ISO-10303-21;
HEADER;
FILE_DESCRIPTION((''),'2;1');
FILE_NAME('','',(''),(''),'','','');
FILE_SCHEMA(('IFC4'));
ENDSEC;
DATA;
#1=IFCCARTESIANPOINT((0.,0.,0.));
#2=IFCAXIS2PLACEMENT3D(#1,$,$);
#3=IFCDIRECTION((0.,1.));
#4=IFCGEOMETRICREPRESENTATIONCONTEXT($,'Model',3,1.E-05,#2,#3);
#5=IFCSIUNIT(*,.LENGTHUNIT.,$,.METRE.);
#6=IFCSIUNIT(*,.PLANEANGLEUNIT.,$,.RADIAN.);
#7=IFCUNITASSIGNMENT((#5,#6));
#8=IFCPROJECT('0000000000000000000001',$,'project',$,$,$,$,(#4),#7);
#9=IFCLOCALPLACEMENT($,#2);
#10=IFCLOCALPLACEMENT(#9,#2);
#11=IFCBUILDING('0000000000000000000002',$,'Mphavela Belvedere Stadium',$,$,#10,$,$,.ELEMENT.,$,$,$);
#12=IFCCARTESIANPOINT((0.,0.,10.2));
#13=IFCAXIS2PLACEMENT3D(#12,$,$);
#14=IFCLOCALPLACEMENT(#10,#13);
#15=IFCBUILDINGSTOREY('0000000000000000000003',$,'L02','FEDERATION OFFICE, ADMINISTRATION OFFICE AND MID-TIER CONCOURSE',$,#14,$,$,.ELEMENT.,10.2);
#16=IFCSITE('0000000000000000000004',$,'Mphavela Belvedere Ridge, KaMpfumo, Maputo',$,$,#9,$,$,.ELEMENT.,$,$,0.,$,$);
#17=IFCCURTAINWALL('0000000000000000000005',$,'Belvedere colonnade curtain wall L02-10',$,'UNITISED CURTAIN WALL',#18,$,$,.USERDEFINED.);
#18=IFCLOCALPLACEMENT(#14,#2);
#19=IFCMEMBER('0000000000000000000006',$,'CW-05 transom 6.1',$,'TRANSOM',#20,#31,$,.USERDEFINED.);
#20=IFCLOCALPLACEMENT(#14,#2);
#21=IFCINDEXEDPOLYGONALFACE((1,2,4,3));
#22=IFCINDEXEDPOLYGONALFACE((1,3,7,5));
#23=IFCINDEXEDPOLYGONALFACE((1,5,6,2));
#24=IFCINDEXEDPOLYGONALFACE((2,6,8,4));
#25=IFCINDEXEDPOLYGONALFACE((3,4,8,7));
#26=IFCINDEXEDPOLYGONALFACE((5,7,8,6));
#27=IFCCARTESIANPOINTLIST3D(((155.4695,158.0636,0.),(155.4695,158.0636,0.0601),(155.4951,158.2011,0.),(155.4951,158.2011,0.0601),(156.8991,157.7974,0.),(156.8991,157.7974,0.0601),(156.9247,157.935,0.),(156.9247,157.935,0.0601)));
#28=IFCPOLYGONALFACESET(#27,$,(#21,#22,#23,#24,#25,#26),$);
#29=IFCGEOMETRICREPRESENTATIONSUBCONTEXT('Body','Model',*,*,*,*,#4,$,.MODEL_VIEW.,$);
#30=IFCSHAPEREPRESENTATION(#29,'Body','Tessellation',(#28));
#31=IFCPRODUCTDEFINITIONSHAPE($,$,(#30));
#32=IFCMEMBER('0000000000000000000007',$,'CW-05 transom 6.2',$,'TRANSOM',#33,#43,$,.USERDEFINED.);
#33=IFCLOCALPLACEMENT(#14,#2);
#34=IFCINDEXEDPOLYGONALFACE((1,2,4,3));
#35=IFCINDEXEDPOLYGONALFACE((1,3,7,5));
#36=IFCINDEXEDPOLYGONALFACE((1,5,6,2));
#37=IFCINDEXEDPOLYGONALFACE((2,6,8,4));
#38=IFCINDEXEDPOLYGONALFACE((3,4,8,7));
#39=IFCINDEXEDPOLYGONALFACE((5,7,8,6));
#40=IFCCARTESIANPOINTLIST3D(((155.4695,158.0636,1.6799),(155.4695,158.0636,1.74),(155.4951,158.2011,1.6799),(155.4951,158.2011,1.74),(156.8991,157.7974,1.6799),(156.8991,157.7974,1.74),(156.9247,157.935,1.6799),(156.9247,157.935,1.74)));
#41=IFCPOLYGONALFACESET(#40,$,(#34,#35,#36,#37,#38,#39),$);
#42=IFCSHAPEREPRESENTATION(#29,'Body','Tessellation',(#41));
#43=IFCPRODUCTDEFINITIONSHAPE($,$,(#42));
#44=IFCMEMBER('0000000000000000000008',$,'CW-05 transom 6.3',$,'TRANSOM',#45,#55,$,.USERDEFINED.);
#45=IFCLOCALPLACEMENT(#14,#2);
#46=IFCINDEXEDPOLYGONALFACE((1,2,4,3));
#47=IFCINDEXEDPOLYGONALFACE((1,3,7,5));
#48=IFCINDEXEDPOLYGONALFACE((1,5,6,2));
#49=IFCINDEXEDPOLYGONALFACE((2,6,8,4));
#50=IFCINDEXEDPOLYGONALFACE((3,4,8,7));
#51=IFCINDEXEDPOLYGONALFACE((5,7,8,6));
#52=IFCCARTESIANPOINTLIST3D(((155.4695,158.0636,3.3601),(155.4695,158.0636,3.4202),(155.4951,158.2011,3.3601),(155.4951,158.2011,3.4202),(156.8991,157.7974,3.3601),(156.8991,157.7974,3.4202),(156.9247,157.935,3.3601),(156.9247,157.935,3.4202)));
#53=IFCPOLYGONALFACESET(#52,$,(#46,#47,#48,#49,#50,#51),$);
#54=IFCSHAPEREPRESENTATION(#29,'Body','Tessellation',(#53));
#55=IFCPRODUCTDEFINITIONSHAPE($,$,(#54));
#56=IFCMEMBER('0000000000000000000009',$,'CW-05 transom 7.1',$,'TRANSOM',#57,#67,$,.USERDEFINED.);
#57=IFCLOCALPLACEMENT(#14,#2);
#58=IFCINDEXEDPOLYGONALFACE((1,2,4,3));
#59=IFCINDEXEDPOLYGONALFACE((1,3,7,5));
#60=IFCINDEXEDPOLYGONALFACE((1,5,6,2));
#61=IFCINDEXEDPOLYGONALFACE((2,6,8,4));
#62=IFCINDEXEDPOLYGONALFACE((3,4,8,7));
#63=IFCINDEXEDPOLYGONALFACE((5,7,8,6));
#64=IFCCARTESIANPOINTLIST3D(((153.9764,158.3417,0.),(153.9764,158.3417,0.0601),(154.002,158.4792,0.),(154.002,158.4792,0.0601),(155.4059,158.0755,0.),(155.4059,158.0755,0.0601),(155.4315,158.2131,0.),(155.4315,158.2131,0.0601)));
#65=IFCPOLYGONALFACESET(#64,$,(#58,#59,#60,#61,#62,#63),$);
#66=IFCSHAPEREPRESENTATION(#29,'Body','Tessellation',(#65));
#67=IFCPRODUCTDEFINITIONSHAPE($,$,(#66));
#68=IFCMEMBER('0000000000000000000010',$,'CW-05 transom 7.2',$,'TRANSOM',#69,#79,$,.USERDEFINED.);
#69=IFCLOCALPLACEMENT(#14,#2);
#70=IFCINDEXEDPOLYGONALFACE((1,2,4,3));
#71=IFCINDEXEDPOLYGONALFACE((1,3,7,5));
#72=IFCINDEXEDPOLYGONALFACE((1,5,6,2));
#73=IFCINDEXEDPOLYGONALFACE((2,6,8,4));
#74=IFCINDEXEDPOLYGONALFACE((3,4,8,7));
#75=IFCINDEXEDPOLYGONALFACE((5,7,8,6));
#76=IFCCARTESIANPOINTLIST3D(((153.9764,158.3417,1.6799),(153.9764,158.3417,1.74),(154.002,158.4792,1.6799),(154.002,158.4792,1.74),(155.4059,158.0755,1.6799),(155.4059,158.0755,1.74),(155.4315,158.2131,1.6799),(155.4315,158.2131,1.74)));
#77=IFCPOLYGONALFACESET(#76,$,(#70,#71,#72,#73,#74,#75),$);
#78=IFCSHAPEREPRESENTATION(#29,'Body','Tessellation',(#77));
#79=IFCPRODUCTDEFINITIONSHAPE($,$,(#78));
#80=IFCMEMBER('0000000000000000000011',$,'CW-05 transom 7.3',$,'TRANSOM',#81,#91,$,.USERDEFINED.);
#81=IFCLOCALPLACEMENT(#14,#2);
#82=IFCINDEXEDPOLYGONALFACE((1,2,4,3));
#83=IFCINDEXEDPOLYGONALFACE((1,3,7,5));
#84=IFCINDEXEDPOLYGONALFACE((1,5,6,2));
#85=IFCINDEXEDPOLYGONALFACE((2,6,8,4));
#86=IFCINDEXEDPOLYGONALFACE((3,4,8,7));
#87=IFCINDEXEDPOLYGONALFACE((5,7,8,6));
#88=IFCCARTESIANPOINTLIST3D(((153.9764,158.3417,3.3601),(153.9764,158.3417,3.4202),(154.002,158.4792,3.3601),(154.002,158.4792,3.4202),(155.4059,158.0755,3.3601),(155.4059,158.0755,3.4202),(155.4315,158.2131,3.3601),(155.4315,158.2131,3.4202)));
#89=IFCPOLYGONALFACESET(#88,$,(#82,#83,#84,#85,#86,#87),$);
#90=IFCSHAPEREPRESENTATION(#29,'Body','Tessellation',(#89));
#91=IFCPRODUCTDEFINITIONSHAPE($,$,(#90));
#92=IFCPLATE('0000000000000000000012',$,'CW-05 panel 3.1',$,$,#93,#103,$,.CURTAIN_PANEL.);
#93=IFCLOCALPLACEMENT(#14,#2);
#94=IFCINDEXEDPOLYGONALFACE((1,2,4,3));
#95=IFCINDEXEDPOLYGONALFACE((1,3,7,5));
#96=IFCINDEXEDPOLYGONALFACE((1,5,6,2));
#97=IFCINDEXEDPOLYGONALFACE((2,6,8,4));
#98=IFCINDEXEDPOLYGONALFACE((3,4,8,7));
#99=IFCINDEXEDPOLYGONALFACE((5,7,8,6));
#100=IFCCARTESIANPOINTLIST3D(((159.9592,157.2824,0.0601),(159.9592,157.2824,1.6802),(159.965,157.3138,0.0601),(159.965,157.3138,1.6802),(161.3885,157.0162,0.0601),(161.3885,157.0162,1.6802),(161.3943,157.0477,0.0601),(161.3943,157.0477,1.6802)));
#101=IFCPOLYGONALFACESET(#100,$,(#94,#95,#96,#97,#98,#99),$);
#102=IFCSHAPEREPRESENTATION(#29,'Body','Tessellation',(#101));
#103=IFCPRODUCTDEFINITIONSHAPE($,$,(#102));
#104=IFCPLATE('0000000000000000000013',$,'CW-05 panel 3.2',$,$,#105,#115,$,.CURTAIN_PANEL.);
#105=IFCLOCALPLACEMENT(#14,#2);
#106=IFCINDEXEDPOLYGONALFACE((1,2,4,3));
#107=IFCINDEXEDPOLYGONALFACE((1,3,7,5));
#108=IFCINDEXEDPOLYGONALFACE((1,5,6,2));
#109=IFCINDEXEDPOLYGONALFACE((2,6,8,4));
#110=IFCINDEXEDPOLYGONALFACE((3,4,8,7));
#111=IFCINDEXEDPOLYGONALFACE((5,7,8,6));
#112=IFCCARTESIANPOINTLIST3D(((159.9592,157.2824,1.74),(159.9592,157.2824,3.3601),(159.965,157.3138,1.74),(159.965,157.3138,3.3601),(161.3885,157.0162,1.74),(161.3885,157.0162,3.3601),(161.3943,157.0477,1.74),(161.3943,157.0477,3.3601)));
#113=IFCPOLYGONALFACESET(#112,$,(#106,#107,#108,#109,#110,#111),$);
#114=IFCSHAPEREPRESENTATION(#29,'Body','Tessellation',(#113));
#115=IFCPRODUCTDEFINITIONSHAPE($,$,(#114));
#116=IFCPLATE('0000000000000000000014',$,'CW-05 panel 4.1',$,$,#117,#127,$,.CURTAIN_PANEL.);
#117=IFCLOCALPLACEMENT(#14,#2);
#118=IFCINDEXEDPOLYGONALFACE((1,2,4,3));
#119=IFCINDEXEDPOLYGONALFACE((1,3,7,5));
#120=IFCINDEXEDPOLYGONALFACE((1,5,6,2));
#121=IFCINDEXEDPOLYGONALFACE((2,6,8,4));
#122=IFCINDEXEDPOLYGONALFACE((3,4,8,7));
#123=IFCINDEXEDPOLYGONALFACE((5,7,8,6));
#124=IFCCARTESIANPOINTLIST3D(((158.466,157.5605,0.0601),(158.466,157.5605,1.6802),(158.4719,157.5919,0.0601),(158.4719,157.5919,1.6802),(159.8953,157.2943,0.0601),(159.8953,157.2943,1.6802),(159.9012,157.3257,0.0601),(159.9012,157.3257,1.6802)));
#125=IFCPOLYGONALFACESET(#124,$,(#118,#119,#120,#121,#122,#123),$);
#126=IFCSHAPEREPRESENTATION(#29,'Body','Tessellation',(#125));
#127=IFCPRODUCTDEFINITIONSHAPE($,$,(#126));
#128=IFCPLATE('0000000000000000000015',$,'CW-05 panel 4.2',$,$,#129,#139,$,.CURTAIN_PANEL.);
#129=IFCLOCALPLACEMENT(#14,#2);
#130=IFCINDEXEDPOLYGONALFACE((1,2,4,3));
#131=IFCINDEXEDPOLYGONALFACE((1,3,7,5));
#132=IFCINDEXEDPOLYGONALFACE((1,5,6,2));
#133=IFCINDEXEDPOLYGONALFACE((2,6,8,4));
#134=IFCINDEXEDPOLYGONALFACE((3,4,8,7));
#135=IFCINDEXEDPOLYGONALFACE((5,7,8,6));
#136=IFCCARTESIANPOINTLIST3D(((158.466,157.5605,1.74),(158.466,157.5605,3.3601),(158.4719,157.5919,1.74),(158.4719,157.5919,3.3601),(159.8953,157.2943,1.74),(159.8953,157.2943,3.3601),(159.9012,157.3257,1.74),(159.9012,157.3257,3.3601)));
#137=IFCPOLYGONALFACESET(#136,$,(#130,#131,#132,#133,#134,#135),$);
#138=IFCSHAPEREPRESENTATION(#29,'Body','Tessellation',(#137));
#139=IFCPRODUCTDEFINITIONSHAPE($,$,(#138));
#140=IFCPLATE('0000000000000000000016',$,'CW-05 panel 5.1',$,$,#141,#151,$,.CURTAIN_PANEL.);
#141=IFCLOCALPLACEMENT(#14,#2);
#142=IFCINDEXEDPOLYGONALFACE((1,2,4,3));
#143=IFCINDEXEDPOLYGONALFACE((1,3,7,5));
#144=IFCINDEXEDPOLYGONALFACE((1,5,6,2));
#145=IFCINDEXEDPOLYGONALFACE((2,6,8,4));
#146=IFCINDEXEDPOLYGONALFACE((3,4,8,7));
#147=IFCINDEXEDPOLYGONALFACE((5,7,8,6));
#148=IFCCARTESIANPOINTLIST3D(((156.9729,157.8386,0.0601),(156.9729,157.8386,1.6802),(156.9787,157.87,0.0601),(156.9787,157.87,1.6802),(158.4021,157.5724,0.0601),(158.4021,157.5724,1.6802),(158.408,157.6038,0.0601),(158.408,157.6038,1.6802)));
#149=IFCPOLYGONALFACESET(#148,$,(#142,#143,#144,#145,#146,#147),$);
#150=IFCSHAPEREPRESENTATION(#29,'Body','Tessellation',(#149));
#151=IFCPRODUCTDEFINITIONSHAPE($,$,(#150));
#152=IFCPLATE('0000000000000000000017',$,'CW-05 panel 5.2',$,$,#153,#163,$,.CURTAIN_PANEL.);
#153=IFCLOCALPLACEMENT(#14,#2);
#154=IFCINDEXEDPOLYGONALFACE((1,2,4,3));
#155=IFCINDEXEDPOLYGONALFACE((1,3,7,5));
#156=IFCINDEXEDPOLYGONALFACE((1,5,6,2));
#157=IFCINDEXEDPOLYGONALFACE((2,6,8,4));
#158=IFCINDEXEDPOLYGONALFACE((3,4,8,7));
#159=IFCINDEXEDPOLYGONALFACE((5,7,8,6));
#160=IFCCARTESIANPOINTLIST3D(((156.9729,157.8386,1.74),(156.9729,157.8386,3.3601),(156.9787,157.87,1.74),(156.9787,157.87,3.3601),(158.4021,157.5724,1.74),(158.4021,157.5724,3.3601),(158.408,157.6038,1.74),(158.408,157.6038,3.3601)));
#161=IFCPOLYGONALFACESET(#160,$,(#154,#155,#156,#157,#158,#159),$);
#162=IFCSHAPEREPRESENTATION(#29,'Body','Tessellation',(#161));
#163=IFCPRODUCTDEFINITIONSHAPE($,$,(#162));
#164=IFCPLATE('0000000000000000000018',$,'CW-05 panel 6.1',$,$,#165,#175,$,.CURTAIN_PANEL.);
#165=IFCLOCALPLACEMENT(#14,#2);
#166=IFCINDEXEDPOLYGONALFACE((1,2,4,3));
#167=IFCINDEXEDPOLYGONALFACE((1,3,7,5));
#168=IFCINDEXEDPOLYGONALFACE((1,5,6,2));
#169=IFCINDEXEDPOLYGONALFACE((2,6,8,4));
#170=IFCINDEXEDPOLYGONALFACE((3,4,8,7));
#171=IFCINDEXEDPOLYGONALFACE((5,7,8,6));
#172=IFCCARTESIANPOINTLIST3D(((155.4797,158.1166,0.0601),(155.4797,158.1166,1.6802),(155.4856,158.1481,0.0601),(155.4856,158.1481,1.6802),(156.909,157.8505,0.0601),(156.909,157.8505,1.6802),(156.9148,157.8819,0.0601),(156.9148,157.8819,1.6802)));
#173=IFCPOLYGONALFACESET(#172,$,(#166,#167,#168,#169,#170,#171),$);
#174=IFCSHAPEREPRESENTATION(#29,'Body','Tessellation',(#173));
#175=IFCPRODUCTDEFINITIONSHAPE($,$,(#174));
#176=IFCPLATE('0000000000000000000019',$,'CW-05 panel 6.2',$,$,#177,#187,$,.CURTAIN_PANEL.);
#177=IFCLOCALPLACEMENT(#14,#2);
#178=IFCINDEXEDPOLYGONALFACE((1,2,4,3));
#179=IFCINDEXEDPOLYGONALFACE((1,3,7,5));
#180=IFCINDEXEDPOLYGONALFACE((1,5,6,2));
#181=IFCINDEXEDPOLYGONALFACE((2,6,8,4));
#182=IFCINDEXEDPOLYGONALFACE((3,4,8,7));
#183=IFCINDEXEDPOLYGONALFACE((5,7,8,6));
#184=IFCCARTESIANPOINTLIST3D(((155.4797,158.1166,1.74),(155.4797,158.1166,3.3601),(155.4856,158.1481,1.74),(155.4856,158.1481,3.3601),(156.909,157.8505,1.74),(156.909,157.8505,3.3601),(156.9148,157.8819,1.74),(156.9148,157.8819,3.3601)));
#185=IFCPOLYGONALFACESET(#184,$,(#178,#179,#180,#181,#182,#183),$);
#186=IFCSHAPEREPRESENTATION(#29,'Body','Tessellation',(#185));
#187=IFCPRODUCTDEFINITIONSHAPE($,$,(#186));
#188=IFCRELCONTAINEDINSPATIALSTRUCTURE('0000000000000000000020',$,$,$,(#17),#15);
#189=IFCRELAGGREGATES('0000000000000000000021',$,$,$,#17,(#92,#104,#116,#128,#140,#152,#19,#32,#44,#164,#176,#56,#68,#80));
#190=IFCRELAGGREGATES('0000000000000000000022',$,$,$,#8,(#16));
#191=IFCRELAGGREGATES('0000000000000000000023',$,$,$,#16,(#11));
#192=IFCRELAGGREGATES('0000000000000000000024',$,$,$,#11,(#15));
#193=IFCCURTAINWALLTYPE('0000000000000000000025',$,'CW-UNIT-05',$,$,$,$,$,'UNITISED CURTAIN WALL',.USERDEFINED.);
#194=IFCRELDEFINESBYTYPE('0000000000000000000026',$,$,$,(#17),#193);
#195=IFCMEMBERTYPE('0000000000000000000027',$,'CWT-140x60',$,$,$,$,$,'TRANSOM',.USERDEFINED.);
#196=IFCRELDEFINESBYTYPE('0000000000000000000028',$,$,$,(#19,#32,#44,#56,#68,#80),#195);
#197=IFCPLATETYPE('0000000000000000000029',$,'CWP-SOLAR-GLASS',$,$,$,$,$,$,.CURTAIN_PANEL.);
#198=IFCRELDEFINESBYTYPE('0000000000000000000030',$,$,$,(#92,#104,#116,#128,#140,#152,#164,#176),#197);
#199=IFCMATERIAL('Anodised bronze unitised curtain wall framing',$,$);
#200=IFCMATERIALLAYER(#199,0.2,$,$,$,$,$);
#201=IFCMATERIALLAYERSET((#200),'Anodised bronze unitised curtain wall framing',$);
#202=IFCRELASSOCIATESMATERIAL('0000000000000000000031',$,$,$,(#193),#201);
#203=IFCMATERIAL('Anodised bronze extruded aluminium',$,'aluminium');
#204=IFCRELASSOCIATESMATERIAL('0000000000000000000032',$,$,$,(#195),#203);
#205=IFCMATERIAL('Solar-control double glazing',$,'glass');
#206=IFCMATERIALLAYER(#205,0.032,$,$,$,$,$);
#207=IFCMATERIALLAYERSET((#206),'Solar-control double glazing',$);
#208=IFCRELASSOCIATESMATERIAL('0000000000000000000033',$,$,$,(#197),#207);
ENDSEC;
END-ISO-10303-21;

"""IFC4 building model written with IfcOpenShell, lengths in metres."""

from ifc_helpers import new_model, si_unit, direction, frame, origin, origin_2d, place, context, subcontext, project, spatial, rectangle, extrude, material, layer, layer_set, material_profile, profile_set, type_object, element, aggregate, save


model = new_model("IFC4")

# Units and contexts
model_context = context("Model", 3, precision=1e-05, world=origin(), true_north=direction((0.0, 1.0)))
body_context = subcontext(model_context, "Body", "Model", "MODEL_VIEW")
ifc_project = project(units=[si_unit("LENGTHUNIT", "METRE"), si_unit("PLANEANGLEUNIT", "RADIAN")], contexts=[model_context])

# Site, building, storey
site_placement = place(None, origin())
site = spatial("IfcSite", under=ifc_project, at=site_placement, Name="Mphavela Belvedere Ridge, KaMpfumo, Maputo", CompositionType="ELEMENT", RefElevation=0.0)
building_placement = place(site_placement, origin())
building = spatial("IfcBuilding", under=site, at=building_placement, Name="Mphavela Belvedere Stadium", CompositionType="ELEMENT")
storey_placement = place(building_placement, frame((0.0, 0.0, 10.2)))
storey = spatial("IfcBuildingStorey", under=building, at=storey_placement, Name="L02", Description="FEDERATION OFFICE, ADMINISTRATION OFFICE AND MID-TIER CONCOURSE", CompositionType="ELEMENT", Elevation=10.2)

# Curtain wall, members, plates
ifc_material_1 = material(Name="Anodised bronze unitised curtain wall framing")
ifc_layer_1 = layer(ifc_material_1, 0.2)
ifc_layer_set_1 = layer_set([ifc_layer_1], Name="Anodised bronze unitised curtain wall framing")
curtain_wall_type = type_object("IfcCurtainWallType", Name="CW-UNIT-05", ElementType="UNITISED CURTAIN WALL", PredefinedType="USERDEFINED", material=ifc_layer_set_1)
curtain_wall_placement = place(storey_placement, origin())
curtain_wall = element("IfcCurtainWall", 1, at=curtain_wall_placement, inside=storey, type_object=curtain_wall_type, Name="Belvedere colonnade curtain wall L02-10", ObjectType="UNITISED CURTAIN WALL", PredefinedType="USERDEFINED")
ifc_material_2 = material(Name="Anodised bronze extruded aluminium", Category="aluminium")
ifc_material_profile_1 = material_profile(ifc_material_2, rectangle(XDim=0.1399, YDim=0.0601, at=origin_2d()), Name="CW-TRN 140x60")
ifc_profile_set_1 = profile_set([ifc_material_profile_1], Name="Anodised bronze extruded aluminium")
member_type_1 = type_object("IfcMemberType", Name="CWT-140x60", ElementType="TRANSOM", PredefinedType="USERDEFINED", material=ifc_profile_set_1)
member_1_placement = place(storey_placement, frame((156.9119, 157.8662, 0.03), z_axis=(-0.983109, 0.183021, 0.0), x_axis=(-0.183021, -0.983109, 0.0)))
member_1 = element("IfcMember", 2, at=member_1_placement, type_object=member_type_1, Name="CW-05 transom 6.1", ObjectType="TRANSOM", PredefinedType="USERDEFINED", context=body_context, shape_type="SweptSolid", body=[
    extrude(rectangle(XDim=0.1399, YDim=0.0601, at=origin_2d()), origin(), (0.0, 0.0, 1.0), 1.4541),
])
member_2_placement = place(storey_placement, frame((156.9119, 157.8662, 1.71), z_axis=(-0.983109, 0.183021, 0.0), x_axis=(-0.183021, -0.983109, 0.0)))
member_2 = element("IfcMember", 3, at=member_2_placement, type_object=member_type_1, Name="CW-05 transom 6.2", ObjectType="TRANSOM", PredefinedType="USERDEFINED", context=body_context, shape_type="SweptSolid", body=[
    extrude(rectangle(XDim=0.1399, YDim=0.0601, at=origin_2d()), origin(), (0.0, 0.0, 1.0), 1.4541),
])
member_3_placement = place(storey_placement, frame((156.9119, 157.8662, 3.3901), z_axis=(-0.983109, 0.183021, 0.0), x_axis=(-0.183021, -0.983109, 0.0)))
member_3 = element("IfcMember", 4, at=member_3_placement, type_object=member_type_1, Name="CW-05 transom 6.3", ObjectType="TRANSOM", PredefinedType="USERDEFINED", context=body_context, shape_type="SweptSolid", body=[
    extrude(rectangle(XDim=0.1399, YDim=0.0601, at=origin_2d()), origin(), (0.0, 0.0, 1.0), 1.4541),
])
member_4_placement = place(storey_placement, frame((155.4187, 158.1443, 0.03), z_axis=(-0.983109, 0.183021, 0.0), x_axis=(-0.183021, -0.983109, 0.0)))
member_4 = element("IfcMember", 5, at=member_4_placement, type_object=member_type_1, Name="CW-05 transom 7.1", ObjectType="TRANSOM", PredefinedType="USERDEFINED", context=body_context, shape_type="SweptSolid", body=[
    extrude(rectangle(XDim=0.1399, YDim=0.0601, at=origin_2d()), origin(), (0.0, 0.0, 1.0), 1.4541),
])
member_5_placement = place(storey_placement, frame((155.4187, 158.1443, 1.71), z_axis=(-0.983109, 0.183021, 0.0), x_axis=(-0.183021, -0.983109, 0.0)))
member_5 = element("IfcMember", 6, at=member_5_placement, type_object=member_type_1, Name="CW-05 transom 7.2", ObjectType="TRANSOM", PredefinedType="USERDEFINED", context=body_context, shape_type="SweptSolid", body=[
    extrude(rectangle(XDim=0.1399, YDim=0.0601, at=origin_2d()), origin(), (0.0, 0.0, 1.0), 1.4541),
])
member_6_placement = place(storey_placement, frame((155.4187, 158.1443, 3.3901), z_axis=(-0.983109, 0.183021, 0.0), x_axis=(-0.183021, -0.983109, 0.0)))
member_6 = element("IfcMember", 7, at=member_6_placement, type_object=member_type_1, Name="CW-05 transom 7.3", ObjectType="TRANSOM", PredefinedType="USERDEFINED", context=body_context, shape_type="SweptSolid", body=[
    extrude(rectangle(XDim=0.1399, YDim=0.0601, at=origin_2d()), origin(), (0.0, 0.0, 1.0), 1.4541),
])
ifc_material_3 = material(Name="Solar-control double glazing", Category="glass")
ifc_layer_2 = layer(ifc_material_3, 0.032)
ifc_layer_set_2 = layer_set([ifc_layer_2], Name="Solar-control double glazing")
plate_type = type_object("IfcPlateType", Name="CWP-SOLAR-GLASS", PredefinedType="CURTAIN_PANEL", material=ifc_layer_set_2)
plate_1_placement = place(storey_placement, frame((160.6768, 157.165, 0.0601), z_axis=(0.0, 0.0, 1.0), x_axis=(-0.983097, 0.183085, 0.0)))
plate_1 = element("IfcPlate", 8, at=plate_1_placement, type_object=plate_type, Name="CW-05 panel 3.1", PredefinedType="CURTAIN_PANEL", context=body_context, shape_type="SweptSolid", body=[
    extrude(rectangle(XDim=1.4539, YDim=0.032, at=origin_2d()), origin(), (0.0, 0.0, 1.0), 1.6201),
])
plate_2_placement = place(storey_placement, frame((160.6768, 157.165, 1.74), z_axis=(0.0, 0.0, 1.0), x_axis=(-0.983097, 0.183085, 0.0)))
plate_2 = element("IfcPlate", 9, at=plate_2_placement, type_object=plate_type, Name="CW-05 panel 3.2", PredefinedType="CURTAIN_PANEL", context=body_context, shape_type="SweptSolid", body=[
    extrude(rectangle(XDim=1.4539, YDim=0.032, at=origin_2d()), origin(), (0.0, 0.0, 1.0), 1.6201),
])
plate_3_placement = place(storey_placement, frame((159.1836, 157.4431, 0.0601), z_axis=(0.0, 0.0, 1.0), x_axis=(-0.983097, 0.183085, 0.0)))
plate_3 = element("IfcPlate", 10, at=plate_3_placement, type_object=plate_type, Name="CW-05 panel 4.1", PredefinedType="CURTAIN_PANEL", context=body_context, shape_type="SweptSolid", body=[
    extrude(rectangle(XDim=1.4539, YDim=0.032, at=origin_2d()), origin(), (0.0, 0.0, 1.0), 1.6201),
])
plate_4_placement = place(storey_placement, frame((159.1836, 157.4431, 1.74), z_axis=(0.0, 0.0, 1.0), x_axis=(-0.983097, 0.183085, 0.0)))
plate_4 = element("IfcPlate", 11, at=plate_4_placement, type_object=plate_type, Name="CW-05 panel 4.2", PredefinedType="CURTAIN_PANEL", context=body_context, shape_type="SweptSolid", body=[
    extrude(rectangle(XDim=1.4539, YDim=0.032, at=origin_2d()), origin(), (0.0, 0.0, 1.0), 1.6201),
])
plate_5_placement = place(storey_placement, frame((157.6904, 157.7212, 0.0601), z_axis=(0.0, 0.0, 1.0), x_axis=(-0.983097, 0.183085, 0.0)))
plate_5 = element("IfcPlate", 12, at=plate_5_placement, type_object=plate_type, Name="CW-05 panel 5.1", PredefinedType="CURTAIN_PANEL", context=body_context, shape_type="SweptSolid", body=[
    extrude(rectangle(XDim=1.4539, YDim=0.032, at=origin_2d()), origin(), (0.0, 0.0, 1.0), 1.6201),
])
plate_6_placement = place(storey_placement, frame((157.6904, 157.7212, 1.74), z_axis=(0.0, 0.0, 1.0), x_axis=(-0.983097, 0.183085, 0.0)))
plate_6 = element("IfcPlate", 13, at=plate_6_placement, type_object=plate_type, Name="CW-05 panel 5.2", PredefinedType="CURTAIN_PANEL", context=body_context, shape_type="SweptSolid", body=[
    extrude(rectangle(XDim=1.4539, YDim=0.032, at=origin_2d()), origin(), (0.0, 0.0, 1.0), 1.6201),
])
plate_7_placement = place(storey_placement, frame((156.1973, 157.9993, 0.0601), z_axis=(0.0, 0.0, 1.0), x_axis=(-0.983097, 0.183085, 0.0)))
plate_7 = element("IfcPlate", 14, at=plate_7_placement, type_object=plate_type, Name="CW-05 panel 6.1", PredefinedType="CURTAIN_PANEL", context=body_context, shape_type="SweptSolid", body=[
    extrude(rectangle(XDim=1.4539, YDim=0.032, at=origin_2d()), origin(), (0.0, 0.0, 1.0), 1.6201),
])
plate_8_placement = place(storey_placement, frame((156.1973, 157.9993, 1.74), z_axis=(0.0, 0.0, 1.0), x_axis=(-0.983097, 0.183085, 0.0)))
plate_8 = element("IfcPlate", 15, at=plate_8_placement, type_object=plate_type, Name="CW-05 panel 6.2", PredefinedType="CURTAIN_PANEL", context=body_context, shape_type="SweptSolid", body=[
    extrude(rectangle(XDim=1.4539, YDim=0.032, at=origin_2d()), origin(), (0.0, 0.0, 1.0), 1.6201),
])
aggregate(curtain_wall, [plate_1, plate_2, plate_3, plate_4, plate_5, plate_6, member_1, member_2, member_3, plate_7, plate_8, member_4, member_5, member_6])

save(model, "model.ifc")
